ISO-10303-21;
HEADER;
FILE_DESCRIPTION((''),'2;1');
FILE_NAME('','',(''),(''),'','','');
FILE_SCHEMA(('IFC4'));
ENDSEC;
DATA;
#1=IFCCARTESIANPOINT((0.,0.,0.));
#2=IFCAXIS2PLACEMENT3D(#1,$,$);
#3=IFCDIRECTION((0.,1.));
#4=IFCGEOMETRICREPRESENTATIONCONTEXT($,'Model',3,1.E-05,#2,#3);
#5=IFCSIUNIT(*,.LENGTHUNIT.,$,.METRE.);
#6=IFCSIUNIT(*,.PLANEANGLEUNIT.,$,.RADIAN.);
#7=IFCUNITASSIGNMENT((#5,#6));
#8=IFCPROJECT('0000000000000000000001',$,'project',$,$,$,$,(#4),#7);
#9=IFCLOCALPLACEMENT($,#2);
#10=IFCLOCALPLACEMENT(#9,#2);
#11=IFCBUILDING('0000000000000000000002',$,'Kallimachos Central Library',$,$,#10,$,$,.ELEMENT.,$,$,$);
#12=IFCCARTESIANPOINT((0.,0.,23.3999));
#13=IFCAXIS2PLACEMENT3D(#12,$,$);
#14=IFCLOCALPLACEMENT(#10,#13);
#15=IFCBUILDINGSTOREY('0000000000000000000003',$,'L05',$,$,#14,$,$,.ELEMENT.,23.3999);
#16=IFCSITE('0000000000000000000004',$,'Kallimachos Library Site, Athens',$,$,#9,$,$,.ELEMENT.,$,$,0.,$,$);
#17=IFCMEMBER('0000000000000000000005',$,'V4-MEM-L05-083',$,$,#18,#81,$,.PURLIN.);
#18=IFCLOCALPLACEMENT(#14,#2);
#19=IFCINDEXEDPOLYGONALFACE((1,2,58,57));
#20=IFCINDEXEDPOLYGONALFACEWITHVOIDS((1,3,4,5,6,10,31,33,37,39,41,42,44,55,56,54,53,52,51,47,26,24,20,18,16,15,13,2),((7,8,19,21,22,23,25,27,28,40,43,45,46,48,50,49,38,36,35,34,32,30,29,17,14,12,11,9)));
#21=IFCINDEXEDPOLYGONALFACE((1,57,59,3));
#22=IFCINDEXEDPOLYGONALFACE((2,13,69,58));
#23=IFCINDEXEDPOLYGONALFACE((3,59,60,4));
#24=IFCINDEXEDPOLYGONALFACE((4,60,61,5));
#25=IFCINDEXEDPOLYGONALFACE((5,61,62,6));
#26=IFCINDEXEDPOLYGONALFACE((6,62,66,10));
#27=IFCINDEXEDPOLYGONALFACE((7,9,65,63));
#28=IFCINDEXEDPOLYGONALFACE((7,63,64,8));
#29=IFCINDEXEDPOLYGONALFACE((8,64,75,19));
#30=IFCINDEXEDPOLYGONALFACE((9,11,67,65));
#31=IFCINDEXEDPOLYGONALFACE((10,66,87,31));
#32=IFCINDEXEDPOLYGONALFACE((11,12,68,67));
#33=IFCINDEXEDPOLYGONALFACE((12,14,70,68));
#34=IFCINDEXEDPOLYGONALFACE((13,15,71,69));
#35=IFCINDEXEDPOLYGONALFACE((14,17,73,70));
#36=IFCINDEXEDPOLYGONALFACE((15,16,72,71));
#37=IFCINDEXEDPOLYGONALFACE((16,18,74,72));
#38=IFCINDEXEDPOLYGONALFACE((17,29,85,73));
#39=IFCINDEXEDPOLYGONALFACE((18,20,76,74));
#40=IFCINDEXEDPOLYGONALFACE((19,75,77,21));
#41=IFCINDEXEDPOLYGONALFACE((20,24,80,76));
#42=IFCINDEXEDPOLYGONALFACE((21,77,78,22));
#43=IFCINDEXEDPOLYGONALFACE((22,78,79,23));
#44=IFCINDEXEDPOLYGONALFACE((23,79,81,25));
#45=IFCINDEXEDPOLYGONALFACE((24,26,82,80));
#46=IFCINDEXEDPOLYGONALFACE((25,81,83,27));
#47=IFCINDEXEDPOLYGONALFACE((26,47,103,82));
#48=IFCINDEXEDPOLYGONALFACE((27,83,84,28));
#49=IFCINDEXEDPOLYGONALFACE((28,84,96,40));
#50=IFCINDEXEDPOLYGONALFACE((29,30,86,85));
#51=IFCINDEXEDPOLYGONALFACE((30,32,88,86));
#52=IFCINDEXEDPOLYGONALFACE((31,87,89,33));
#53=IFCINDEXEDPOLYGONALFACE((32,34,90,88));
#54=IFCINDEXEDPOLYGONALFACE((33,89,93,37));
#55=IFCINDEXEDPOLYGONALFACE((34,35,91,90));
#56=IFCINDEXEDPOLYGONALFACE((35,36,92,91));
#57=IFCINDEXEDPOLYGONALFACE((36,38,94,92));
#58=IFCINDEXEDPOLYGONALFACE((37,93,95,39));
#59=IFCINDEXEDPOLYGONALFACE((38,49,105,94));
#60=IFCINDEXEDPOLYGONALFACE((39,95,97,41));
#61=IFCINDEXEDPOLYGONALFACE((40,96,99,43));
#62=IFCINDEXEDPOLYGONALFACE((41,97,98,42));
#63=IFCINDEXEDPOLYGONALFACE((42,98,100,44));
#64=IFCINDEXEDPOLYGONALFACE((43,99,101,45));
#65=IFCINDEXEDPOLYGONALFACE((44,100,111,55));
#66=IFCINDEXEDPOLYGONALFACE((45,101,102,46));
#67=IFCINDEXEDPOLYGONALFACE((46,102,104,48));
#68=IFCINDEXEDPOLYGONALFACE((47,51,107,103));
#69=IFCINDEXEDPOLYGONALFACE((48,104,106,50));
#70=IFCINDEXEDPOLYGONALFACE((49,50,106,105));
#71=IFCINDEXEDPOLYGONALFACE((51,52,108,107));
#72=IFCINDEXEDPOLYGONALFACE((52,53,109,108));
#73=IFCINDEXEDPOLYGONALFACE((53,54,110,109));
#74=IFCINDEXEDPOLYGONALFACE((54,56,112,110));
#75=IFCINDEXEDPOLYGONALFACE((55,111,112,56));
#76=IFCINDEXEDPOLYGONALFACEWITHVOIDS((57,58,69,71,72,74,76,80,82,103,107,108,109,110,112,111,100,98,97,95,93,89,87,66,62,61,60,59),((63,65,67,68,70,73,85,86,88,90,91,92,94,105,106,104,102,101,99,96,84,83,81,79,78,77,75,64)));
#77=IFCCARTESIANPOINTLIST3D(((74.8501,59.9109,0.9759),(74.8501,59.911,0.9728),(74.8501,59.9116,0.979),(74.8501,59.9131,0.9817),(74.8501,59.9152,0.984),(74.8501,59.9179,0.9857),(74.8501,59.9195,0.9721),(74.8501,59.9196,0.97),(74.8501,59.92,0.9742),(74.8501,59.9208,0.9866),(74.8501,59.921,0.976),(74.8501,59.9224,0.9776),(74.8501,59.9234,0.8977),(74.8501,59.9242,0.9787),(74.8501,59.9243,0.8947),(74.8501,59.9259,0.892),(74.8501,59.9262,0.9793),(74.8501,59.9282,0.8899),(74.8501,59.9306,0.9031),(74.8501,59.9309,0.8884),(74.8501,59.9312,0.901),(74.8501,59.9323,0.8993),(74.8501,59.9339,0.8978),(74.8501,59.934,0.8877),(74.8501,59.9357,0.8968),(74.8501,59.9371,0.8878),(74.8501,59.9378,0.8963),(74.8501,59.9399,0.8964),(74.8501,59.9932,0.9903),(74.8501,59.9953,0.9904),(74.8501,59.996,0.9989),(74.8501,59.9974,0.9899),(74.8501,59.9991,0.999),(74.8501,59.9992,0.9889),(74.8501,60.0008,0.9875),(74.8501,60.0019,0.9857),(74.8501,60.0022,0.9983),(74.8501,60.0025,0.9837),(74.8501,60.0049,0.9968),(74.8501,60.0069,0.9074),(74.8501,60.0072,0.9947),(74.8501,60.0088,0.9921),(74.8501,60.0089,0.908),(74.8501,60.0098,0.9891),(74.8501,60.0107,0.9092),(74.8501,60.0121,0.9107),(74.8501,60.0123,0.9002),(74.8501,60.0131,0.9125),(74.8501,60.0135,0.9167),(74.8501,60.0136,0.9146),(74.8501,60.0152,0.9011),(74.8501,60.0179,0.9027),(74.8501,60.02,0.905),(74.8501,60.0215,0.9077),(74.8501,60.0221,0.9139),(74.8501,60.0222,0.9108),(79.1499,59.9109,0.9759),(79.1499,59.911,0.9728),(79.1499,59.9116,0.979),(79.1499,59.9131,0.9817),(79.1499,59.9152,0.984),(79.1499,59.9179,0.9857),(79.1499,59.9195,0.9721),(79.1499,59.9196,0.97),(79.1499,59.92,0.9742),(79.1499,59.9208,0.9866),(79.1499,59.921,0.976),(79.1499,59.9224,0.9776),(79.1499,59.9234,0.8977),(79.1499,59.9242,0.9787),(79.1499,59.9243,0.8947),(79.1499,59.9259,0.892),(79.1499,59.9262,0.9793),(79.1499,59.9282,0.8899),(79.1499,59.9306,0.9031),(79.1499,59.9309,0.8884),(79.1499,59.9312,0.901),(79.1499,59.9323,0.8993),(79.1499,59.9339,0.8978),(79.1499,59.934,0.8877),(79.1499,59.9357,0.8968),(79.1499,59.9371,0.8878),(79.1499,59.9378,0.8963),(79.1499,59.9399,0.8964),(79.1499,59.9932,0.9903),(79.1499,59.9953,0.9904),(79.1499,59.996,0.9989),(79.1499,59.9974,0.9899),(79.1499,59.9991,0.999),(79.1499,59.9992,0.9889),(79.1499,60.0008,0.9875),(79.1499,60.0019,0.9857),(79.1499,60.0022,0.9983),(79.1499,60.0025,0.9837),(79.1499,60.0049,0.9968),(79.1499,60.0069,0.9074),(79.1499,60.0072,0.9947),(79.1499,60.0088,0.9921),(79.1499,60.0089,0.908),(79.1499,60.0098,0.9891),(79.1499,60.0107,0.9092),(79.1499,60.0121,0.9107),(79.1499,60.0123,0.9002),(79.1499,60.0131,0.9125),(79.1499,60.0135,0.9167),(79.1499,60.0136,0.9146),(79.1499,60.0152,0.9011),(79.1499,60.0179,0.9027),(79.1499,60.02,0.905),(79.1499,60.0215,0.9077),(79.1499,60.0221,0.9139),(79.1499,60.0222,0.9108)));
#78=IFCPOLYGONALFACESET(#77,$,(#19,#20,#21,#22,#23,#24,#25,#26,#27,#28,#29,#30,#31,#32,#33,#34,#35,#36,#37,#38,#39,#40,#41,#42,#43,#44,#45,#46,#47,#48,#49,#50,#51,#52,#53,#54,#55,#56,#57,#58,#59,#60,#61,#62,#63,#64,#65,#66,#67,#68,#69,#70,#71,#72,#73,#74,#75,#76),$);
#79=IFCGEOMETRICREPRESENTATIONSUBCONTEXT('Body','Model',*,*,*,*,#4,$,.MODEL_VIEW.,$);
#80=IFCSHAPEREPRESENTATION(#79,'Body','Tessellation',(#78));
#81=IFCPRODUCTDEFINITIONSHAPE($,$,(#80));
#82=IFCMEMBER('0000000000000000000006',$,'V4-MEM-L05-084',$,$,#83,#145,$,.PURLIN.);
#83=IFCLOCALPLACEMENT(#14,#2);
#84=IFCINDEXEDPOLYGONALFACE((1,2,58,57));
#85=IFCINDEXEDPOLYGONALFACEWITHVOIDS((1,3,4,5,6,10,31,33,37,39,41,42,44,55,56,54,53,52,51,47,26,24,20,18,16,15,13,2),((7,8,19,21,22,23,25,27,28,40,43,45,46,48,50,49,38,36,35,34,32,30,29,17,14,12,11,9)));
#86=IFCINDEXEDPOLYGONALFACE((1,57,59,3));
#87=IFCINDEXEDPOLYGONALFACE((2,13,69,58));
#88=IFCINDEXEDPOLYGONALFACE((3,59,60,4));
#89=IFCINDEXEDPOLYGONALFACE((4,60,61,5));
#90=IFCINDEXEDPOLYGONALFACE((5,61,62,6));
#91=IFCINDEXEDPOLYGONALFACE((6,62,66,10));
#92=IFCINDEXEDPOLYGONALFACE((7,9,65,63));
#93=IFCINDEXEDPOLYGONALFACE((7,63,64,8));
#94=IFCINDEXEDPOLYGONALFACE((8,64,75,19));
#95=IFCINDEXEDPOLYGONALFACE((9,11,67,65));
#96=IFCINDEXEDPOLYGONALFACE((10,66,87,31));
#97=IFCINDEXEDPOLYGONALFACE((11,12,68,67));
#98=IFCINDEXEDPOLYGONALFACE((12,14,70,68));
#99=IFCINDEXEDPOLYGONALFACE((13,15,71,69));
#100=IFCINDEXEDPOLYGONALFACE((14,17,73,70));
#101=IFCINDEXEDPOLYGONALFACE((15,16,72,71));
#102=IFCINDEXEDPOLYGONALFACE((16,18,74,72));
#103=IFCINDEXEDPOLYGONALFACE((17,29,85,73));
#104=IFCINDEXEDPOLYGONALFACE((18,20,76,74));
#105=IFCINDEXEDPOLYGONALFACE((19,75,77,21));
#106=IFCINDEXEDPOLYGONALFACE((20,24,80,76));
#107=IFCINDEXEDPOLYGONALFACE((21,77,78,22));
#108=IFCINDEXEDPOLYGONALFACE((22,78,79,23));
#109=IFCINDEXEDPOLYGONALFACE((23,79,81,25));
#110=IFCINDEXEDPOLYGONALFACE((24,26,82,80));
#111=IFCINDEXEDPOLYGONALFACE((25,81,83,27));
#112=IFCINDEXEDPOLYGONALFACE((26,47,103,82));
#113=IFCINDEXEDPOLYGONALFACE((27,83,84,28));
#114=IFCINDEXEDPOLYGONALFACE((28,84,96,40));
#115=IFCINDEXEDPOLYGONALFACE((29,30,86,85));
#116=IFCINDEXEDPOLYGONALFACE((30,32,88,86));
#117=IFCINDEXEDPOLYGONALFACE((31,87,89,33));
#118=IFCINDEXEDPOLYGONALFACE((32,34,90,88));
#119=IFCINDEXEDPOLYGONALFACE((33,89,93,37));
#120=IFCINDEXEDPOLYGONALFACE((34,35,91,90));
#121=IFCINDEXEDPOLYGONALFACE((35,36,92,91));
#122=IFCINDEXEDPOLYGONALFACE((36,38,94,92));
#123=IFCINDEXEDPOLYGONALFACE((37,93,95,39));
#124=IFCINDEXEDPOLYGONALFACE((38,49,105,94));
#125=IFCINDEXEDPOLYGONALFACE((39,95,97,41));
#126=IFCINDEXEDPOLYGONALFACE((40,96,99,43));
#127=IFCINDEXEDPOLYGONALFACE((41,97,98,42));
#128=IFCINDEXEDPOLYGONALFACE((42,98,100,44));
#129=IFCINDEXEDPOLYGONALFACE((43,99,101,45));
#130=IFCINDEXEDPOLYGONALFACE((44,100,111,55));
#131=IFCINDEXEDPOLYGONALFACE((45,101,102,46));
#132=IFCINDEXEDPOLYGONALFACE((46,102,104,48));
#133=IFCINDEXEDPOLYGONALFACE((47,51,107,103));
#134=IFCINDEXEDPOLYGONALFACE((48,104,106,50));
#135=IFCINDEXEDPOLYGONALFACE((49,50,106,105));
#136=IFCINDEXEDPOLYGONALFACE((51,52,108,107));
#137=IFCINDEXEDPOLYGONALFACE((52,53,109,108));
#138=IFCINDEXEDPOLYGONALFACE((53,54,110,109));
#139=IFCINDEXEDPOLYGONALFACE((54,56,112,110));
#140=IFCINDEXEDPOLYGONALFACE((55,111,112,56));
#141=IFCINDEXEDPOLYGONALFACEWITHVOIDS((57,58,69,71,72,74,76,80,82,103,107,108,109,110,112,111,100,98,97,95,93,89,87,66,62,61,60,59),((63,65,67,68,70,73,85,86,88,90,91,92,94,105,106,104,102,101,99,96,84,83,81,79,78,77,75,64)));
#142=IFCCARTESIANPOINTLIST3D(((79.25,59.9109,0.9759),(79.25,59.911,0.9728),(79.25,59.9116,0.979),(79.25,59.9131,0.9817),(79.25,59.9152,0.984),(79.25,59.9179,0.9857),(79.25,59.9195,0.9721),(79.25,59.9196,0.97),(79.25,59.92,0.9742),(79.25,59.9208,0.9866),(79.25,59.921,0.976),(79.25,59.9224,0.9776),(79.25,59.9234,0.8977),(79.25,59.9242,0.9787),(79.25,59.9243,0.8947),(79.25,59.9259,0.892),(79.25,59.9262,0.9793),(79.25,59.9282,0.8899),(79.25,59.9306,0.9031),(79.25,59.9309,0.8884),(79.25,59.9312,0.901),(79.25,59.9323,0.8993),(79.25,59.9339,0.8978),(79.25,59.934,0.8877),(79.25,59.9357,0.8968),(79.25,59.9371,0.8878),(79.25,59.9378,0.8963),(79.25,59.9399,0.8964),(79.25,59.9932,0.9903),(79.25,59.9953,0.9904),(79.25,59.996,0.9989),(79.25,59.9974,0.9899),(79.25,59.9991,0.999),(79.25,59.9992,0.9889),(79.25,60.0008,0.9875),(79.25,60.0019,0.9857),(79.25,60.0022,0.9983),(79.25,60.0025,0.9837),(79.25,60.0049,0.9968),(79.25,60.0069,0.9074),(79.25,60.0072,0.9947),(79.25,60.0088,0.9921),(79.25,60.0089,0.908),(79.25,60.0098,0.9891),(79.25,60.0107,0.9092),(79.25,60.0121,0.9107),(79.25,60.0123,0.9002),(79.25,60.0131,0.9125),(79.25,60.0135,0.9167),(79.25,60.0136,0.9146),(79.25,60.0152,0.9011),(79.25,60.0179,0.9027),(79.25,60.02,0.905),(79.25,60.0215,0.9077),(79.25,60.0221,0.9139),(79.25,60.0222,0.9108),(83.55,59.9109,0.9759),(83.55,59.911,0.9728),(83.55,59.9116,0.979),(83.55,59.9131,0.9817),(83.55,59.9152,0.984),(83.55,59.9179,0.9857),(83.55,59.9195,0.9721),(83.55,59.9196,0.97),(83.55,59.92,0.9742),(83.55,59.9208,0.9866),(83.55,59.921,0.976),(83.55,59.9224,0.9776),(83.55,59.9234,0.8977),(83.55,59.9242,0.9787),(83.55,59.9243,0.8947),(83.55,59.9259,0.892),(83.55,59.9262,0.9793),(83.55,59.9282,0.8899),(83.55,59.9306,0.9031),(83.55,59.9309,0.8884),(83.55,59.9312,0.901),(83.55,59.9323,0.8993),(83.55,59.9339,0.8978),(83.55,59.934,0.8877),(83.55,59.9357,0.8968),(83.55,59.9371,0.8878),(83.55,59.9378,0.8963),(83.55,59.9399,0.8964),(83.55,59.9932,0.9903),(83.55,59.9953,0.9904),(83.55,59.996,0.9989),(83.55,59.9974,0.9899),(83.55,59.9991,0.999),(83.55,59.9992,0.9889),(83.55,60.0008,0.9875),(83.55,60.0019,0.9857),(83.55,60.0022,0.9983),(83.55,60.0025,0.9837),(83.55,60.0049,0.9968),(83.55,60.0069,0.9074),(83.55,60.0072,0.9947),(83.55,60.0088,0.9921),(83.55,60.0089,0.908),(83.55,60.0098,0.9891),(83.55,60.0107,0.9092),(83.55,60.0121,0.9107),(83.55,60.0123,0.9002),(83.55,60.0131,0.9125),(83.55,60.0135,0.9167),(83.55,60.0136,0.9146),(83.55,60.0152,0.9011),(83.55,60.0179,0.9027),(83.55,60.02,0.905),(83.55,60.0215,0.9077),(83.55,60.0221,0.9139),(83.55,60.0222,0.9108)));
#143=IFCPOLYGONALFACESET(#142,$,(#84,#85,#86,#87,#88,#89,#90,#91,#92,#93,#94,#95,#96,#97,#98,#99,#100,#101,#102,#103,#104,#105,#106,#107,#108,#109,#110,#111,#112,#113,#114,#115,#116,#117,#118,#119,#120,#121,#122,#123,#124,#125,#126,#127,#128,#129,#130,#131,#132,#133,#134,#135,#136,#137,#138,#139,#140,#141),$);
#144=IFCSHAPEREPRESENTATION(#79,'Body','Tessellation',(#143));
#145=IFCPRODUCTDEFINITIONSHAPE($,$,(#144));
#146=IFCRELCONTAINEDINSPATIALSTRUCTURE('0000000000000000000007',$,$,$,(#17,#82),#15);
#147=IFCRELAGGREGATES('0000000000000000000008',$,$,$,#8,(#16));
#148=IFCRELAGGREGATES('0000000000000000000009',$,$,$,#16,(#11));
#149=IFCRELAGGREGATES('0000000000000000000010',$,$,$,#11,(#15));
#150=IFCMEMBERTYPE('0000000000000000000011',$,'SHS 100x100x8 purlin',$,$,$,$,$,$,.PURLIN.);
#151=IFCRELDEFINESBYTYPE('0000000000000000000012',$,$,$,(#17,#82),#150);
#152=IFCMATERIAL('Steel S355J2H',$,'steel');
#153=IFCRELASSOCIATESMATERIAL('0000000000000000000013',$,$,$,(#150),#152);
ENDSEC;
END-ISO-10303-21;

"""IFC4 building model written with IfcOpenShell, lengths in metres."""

from ifc_helpers import new_model, si_unit, direction, frame, origin, origin_2d, place, context, subcontext, project, spatial, hollow_rectangle, extrude, material, material_profile, profile_set, type_object, element, save


model = new_model("IFC4")

# Units and contexts
model_context = context("Model", 3, precision=1e-05, world=origin(), true_north=direction((0.0, 1.0)))
body_context = subcontext(model_context, "Body", "Model", "MODEL_VIEW")
ifc_project = project(units=[si_unit("LENGTHUNIT", "METRE"), si_unit("PLANEANGLEUNIT", "RADIAN")], contexts=[model_context])

# Site, building, storey
site_placement = place(None, origin())
site = spatial("IfcSite", under=ifc_project, at=site_placement, Name="Kallimachos Library Site, Athens", CompositionType="ELEMENT", RefElevation=0.0)
building_placement = place(site_placement, origin())
building = spatial("IfcBuilding", under=site, at=building_placement, Name="Kallimachos Central Library", CompositionType="ELEMENT")
storey_placement = place(building_placement, frame((0.0, 0.0, 23.3999)))
storey = spatial("IfcBuildingStorey", under=building, at=storey_placement, Name="L05", CompositionType="ELEMENT", Elevation=23.3999)

# Members
ifc_material_1 = material(Name="Steel S355J2H", Category="steel")
ifc_material_profile_1 = material_profile(ifc_material_1, hollow_rectangle(XDim=0.1001, YDim=0.1001, WallThickness=0.0081, InnerFilletRadius=0.0081, OuterFilletRadius=0.012, at=origin_2d()), Name="SHS 100x100x8")
ifc_profile_set_1 = profile_set([ifc_material_profile_1], Name="Steel S355J2H")
member_type_1 = type_object("IfcMemberType", Name="SHS 100x100x8 purlin", PredefinedType="PURLIN", material=ifc_profile_set_1)
member_1_placement = place(storey_placement, frame((74.8501, 59.9666, 0.9434), z_axis=(1.0, 0.0, 0.0), x_axis=(0.0, 0.986728, 0.16238)))
element("IfcMember", 1, at=member_1_placement, inside=storey, type_object=member_type_1, Name="V4-MEM-L05-083", PredefinedType="PURLIN", context=body_context, shape_type="SweptSolid", body=[
    extrude(hollow_rectangle(XDim=0.1001, YDim=0.1001, WallThickness=0.0081, InnerFilletRadius=0.0081, OuterFilletRadius=0.012, at=origin_2d()), origin(), (0.0, 0.0, 1.0), 4.2998),
])
for number, where, z_axis, x_axis, name in (
    (2, (79.25, 59.9666, 0.9434), (1.0, 0.0, 0.0), (0.0, 0.986728, 0.16238), "V4-MEM-L05-084"),
):
    element("IfcMember", number, at=place(storey_placement, frame(where, z_axis=z_axis, x_axis=x_axis)), inside=storey, type_object=member_type_1, Name=name, PredefinedType="PURLIN", context=body_context, shape_type="SweptSolid", body=[
        extrude(hollow_rectangle(XDim=0.1001, YDim=0.1001, WallThickness=0.0081, InnerFilletRadius=0.0081, OuterFilletRadius=0.012, at=origin_2d()), origin(), (0.0, 0.0, 1.0), 4.3),
    ])

save(model, "model.ifc")
